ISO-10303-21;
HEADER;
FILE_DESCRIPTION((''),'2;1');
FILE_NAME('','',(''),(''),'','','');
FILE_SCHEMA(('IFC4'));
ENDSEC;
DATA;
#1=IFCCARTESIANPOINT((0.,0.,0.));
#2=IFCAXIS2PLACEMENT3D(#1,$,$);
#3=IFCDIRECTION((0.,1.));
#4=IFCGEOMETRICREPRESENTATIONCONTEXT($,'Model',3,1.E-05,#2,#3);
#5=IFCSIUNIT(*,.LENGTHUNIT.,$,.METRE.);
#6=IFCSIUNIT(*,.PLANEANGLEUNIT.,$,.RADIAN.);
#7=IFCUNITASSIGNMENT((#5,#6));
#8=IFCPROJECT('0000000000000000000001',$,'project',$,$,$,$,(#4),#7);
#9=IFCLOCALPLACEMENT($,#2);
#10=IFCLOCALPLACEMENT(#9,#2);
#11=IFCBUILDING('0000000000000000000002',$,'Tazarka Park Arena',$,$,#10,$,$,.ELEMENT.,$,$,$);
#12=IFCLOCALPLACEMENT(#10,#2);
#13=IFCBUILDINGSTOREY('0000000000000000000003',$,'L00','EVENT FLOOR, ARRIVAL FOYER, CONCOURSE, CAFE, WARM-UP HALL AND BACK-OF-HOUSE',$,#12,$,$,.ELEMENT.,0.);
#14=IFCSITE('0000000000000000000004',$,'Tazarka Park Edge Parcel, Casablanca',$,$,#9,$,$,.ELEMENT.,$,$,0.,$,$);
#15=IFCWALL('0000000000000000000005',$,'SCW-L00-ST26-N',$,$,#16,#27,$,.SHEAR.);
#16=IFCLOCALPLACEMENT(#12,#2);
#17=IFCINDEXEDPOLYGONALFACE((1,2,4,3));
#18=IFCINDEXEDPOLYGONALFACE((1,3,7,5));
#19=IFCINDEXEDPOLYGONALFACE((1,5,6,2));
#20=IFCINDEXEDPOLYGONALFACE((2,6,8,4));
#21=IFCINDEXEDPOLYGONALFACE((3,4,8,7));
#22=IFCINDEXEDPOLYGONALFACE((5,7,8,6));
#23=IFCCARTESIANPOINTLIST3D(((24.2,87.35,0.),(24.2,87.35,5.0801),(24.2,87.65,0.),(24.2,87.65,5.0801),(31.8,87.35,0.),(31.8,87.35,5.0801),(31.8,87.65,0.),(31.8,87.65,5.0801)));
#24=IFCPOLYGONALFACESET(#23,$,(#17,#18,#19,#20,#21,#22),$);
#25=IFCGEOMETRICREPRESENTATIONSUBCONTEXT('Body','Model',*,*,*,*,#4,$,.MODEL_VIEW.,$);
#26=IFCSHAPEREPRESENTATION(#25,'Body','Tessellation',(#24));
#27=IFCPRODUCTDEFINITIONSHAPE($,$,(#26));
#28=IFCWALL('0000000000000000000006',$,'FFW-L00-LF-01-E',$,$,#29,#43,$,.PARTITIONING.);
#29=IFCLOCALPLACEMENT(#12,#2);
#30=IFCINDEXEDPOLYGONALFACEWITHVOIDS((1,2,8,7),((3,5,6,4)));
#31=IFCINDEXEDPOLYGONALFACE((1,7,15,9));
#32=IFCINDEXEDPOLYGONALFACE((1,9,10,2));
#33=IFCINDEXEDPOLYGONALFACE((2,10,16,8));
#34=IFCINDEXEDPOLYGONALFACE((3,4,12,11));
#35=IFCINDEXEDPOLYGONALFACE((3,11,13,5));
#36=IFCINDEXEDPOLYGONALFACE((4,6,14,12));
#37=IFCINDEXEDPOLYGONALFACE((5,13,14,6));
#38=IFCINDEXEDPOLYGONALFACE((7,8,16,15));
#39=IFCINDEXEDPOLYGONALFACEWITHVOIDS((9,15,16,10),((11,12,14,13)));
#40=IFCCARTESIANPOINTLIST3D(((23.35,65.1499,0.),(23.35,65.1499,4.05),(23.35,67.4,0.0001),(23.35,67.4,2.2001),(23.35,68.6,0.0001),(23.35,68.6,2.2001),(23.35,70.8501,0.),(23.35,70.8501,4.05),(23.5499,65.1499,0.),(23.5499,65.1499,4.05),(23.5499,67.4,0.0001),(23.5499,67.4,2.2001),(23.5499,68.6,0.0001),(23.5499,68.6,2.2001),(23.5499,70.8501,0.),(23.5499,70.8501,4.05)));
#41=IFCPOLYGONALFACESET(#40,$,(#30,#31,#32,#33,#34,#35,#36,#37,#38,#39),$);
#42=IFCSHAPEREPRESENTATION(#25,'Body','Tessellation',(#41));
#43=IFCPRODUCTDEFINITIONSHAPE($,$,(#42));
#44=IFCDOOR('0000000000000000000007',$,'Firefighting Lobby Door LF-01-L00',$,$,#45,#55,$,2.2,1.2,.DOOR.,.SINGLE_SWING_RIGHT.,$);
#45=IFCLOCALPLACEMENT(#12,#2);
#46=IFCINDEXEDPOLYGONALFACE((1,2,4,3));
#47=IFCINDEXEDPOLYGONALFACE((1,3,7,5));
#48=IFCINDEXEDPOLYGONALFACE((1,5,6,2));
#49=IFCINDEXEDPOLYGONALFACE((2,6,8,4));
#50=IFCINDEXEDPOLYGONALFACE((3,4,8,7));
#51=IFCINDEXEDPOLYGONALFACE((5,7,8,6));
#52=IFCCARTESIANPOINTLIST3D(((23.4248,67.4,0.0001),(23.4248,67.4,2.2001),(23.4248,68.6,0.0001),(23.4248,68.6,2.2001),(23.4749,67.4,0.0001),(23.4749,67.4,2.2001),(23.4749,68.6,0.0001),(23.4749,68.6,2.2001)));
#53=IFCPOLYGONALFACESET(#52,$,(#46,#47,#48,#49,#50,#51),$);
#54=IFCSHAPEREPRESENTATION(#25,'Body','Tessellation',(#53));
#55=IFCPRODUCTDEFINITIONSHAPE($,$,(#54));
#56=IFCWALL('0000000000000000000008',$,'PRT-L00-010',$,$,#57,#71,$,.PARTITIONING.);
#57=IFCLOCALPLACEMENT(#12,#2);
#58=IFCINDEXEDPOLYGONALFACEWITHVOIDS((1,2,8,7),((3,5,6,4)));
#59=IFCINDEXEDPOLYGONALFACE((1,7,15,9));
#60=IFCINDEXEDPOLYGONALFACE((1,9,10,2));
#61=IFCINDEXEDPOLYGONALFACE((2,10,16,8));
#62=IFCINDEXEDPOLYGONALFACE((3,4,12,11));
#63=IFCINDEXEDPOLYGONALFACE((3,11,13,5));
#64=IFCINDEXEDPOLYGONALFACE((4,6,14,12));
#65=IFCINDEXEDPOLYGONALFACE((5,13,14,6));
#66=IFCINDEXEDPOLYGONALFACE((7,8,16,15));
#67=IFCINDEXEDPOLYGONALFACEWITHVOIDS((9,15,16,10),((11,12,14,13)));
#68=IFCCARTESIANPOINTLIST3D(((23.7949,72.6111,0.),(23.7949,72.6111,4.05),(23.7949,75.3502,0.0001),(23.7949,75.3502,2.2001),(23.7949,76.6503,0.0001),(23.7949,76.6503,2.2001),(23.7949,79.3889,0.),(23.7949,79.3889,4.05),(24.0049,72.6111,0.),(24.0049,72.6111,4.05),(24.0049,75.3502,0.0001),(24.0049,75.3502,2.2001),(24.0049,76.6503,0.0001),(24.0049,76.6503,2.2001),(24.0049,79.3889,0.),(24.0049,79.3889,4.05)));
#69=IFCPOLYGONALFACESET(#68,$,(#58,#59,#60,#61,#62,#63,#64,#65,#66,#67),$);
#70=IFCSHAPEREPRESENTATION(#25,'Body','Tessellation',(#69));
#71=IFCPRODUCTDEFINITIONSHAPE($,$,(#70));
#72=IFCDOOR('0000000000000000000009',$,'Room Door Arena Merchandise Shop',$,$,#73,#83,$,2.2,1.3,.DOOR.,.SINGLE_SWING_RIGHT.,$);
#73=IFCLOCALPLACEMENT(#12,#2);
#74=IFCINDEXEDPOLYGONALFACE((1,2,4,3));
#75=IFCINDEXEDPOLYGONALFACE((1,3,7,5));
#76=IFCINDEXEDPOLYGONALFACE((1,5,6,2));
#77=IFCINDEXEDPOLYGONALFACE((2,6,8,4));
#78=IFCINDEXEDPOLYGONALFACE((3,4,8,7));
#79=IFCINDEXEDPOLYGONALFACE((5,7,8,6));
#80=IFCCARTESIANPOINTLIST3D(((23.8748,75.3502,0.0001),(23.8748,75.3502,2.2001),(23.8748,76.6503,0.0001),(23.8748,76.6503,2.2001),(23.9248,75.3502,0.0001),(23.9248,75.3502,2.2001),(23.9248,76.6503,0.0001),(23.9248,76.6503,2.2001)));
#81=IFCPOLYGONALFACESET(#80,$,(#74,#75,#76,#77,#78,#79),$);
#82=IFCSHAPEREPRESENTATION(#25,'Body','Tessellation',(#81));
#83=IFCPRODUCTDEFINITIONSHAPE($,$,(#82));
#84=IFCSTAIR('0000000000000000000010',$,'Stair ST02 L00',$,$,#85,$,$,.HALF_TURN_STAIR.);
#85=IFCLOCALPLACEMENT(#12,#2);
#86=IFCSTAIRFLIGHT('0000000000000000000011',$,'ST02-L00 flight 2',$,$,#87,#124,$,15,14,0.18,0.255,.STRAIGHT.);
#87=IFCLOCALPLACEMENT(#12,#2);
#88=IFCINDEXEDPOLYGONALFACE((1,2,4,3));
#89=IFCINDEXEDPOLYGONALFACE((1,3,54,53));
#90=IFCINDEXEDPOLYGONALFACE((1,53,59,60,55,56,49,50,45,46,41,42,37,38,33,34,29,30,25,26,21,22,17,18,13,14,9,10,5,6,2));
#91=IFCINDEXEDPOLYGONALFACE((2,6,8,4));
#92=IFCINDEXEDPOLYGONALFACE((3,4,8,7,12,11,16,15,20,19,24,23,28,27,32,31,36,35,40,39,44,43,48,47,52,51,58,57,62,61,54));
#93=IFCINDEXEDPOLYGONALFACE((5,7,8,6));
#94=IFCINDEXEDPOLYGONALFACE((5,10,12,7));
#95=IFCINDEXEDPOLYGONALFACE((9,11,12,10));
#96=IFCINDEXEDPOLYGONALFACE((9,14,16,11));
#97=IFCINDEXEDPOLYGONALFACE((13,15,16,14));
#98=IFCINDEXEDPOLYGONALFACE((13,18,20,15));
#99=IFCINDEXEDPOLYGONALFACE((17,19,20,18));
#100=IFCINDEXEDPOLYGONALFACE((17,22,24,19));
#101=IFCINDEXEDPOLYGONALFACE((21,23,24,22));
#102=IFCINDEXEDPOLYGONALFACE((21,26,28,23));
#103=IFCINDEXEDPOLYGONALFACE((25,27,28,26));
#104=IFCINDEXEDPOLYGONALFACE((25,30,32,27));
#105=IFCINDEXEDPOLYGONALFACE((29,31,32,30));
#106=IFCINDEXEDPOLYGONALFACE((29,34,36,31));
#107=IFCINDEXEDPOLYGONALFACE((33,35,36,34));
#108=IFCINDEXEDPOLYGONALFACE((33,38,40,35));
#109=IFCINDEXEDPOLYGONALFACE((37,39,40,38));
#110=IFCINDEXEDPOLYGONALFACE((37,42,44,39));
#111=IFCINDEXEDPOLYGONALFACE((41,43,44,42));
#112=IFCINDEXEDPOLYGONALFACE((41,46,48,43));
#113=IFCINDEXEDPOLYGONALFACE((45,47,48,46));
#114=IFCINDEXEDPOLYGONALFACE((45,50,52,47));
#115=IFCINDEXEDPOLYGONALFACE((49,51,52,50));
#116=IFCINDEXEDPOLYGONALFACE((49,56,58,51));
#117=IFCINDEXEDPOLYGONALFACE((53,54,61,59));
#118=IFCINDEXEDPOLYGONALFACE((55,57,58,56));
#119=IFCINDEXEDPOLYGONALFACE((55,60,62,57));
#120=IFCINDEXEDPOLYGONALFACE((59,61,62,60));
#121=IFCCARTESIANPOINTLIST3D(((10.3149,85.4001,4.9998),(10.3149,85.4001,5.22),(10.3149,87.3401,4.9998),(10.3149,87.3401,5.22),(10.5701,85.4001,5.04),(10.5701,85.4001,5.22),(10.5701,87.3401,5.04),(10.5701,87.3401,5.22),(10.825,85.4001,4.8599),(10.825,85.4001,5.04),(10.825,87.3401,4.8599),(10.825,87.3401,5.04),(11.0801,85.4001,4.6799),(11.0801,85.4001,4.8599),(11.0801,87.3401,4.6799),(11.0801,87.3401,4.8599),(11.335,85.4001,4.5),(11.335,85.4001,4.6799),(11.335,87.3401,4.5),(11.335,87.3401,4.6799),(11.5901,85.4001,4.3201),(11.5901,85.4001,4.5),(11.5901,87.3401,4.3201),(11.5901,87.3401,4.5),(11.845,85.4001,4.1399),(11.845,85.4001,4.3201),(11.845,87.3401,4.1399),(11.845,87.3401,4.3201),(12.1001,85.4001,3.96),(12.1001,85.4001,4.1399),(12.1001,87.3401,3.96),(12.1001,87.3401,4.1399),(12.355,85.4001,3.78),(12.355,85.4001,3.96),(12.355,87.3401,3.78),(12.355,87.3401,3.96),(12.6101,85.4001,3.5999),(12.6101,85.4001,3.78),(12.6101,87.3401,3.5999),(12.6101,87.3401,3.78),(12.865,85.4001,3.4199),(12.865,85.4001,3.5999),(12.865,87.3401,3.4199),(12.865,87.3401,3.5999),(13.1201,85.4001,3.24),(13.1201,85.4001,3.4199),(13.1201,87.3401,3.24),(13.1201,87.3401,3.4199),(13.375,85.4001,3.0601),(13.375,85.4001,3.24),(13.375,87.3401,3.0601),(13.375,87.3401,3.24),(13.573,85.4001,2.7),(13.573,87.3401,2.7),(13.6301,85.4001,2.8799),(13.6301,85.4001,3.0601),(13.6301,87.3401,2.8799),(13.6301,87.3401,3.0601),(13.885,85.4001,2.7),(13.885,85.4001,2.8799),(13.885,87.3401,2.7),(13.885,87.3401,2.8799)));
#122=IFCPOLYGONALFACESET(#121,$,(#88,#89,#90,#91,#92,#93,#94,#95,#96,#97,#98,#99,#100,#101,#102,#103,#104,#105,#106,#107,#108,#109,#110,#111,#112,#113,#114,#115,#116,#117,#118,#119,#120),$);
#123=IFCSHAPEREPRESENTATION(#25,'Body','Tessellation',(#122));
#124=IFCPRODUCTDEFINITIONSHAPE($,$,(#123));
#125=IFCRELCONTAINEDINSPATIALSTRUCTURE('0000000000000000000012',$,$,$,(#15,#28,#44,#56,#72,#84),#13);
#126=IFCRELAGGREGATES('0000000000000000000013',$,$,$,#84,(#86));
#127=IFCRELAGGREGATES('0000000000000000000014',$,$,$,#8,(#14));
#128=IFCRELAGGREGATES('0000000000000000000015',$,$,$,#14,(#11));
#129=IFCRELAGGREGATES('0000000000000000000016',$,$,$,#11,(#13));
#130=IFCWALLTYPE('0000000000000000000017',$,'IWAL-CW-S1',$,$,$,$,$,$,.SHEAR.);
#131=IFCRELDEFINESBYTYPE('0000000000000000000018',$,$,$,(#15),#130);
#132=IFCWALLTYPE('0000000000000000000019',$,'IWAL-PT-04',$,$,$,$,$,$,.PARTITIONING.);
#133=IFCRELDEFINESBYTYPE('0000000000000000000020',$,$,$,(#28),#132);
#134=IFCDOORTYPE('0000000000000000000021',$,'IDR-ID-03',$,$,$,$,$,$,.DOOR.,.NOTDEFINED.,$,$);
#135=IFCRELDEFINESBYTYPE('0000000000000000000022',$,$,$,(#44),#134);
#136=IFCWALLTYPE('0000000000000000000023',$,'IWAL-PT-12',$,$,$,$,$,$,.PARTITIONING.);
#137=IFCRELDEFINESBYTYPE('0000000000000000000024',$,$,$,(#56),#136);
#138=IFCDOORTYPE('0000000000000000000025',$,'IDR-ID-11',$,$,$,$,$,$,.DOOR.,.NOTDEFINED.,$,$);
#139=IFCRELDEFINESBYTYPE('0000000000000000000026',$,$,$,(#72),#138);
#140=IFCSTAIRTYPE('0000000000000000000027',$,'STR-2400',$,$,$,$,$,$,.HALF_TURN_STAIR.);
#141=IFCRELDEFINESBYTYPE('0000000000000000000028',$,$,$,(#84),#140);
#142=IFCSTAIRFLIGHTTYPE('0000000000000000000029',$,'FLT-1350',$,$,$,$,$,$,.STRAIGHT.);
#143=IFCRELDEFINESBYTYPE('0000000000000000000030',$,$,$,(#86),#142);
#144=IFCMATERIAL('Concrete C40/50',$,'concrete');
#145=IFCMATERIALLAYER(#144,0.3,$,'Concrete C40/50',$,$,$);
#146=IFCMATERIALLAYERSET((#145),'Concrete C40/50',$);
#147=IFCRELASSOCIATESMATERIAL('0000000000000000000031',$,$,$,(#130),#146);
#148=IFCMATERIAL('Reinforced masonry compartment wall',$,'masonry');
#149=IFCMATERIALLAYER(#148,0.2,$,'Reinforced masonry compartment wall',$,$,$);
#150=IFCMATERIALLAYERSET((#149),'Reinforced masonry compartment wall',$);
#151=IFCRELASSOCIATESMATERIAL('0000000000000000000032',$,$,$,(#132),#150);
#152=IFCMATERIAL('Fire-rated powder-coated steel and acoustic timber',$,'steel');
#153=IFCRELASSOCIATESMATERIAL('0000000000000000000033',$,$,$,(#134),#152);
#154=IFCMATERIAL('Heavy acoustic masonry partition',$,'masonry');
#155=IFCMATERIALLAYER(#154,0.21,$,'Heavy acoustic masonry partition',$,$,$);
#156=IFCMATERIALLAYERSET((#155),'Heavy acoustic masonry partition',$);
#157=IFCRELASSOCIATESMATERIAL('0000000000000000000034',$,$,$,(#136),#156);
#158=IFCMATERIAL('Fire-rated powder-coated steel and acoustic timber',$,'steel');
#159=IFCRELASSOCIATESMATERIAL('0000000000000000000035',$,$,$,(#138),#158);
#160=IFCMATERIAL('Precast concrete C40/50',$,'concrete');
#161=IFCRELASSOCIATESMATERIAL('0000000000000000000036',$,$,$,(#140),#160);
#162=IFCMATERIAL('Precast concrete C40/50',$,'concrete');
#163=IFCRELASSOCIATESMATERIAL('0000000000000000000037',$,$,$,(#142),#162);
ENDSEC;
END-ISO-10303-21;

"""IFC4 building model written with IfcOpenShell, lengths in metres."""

from ifc_helpers import new_model, si_unit, direction, frame, frame_2d, origin, place, context, subcontext, project, spatial, polyline, rectangle, outline, extrude, material, layer, layer_set, type_object, element, fill, aggregate, save


model = new_model("IFC4")

# Units and contexts
model_context = context("Model", 3, precision=1e-05, world=origin(), true_north=direction((0.0, 1.0)))
body_context = subcontext(model_context, "Body", "Model", "MODEL_VIEW")
ifc_project = project(units=[si_unit("LENGTHUNIT", "METRE"), si_unit("PLANEANGLEUNIT", "RADIAN")], contexts=[model_context])

# Site, building, storey
site_placement = place(None, origin())
site = spatial("IfcSite", under=ifc_project, at=site_placement, Name="Tazarka Park Edge Parcel, Casablanca", CompositionType="ELEMENT", RefElevation=0.0)
building_placement = place(site_placement, origin())
building = spatial("IfcBuilding", under=site, at=building_placement, Name="Tazarka Park Arena", CompositionType="ELEMENT")
storey_placement = place(building_placement, origin())
storey = spatial("IfcBuildingStorey", under=building, at=storey_placement, Name="L00", Description="EVENT FLOOR, ARRIVAL FOYER, CONCOURSE, CAFE, WARM-UP HALL AND BACK-OF-HOUSE", CompositionType="ELEMENT", Elevation=0.0)

# Wall
ifc_material_1 = material(Name="Concrete C40/50", Category="concrete")
ifc_layer_1 = layer(ifc_material_1, 0.3, Name="Concrete C40/50")
ifc_layer_set_1 = layer_set([ifc_layer_1], Name="Concrete C40/50")
wall_type_1 = type_object("IfcWallType", Name="IWAL-CW-S1", PredefinedType="SHEAR", material=ifc_layer_set_1)
wall_1_placement = place(storey_placement, frame((24.2, 87.5, 0.0), z_axis=(0.0, 0.0, 1.0), x_axis=(1.0, 0.0, 0.0)))
element("IfcWall", 1, at=wall_1_placement, inside=storey, type_object=wall_type_1, Name="SCW-L00-ST26-N", PredefinedType="SHEAR", context=body_context, shape_type="SweptSolid", body=[
    extrude(rectangle(XDim=7.6001, YDim=0.3, at=frame_2d((3.8, 0.0))), origin(), (0.0, 0.0, 1.0), 5.0801),
])

# Walls, openings, doors
ifc_material_2 = material(Name="Reinforced masonry compartment wall", Category="masonry")
ifc_layer_2 = layer(ifc_material_2, 0.2, Name="Reinforced masonry compartment wall")
ifc_layer_set_2 = layer_set([ifc_layer_2], Name="Reinforced masonry compartment wall")
wall_type_2 = type_object("IfcWallType", Name="IWAL-PT-04", PredefinedType="PARTITIONING", material=ifc_layer_set_2)
wall_2_placement = place(storey_placement, frame((23.45, 70.8501, 0.0), z_axis=(0.0, 0.0, 1.0), x_axis=(0.0, -1.0, 0.0)))
wall_2 = element("IfcWall", 2, at=wall_2_placement, inside=storey, type_object=wall_type_2, Name="FFW-L00-LF-01-E", PredefinedType="PARTITIONING", context=body_context, shape_type="SweptSolid", body=[
    extrude(rectangle(XDim=5.7002, YDim=0.2, at=frame_2d((2.8501, 0.0))), origin(), (0.0, 0.0, 1.0), 4.05),
])
opening_1_placement = place(wall_2_placement, frame((2.25, 0.0, 0.0)))
opening_1 = element("IfcOpeningElement", 3, at=opening_1_placement, cuts=wall_2, PredefinedType="OPENING", context=body_context, shape_type="SweptSolid", body=[
    extrude(rectangle(XDim=1.2, YDim=2.2, at=frame_2d((0.6001, 1.1001))), frame((0.0, 0.1099, 0.0), z_axis=(0.0, -1.0, 0.0), x_axis=(1.0, 0.0, 0.0)), (0.0, 0.0, 1.0), 0.22),
])
ifc_material_3 = material(Name="Fire-rated powder-coated steel and acoustic timber", Category="steel")
door_type_1 = type_object("IfcDoorType", Name="IDR-ID-03", OperationType="NOTDEFINED", PredefinedType="DOOR", material=ifc_material_3)
door_1_placement = place(opening_1_placement, origin())
door_1 = element("IfcDoor", 4, at=door_1_placement, inside=storey, type_object=door_type_1, Name="Firefighting Lobby Door LF-01-L00", OperationType="SINGLE_SWING_RIGHT", OverallHeight=2.2, OverallWidth=1.2, PredefinedType="DOOR", context=body_context, shape_type="SweptSolid", body=[
    extrude(rectangle(XDim=1.2, YDim=2.2, at=frame_2d((0.6001, 1.1001))), frame((0.0, 0.0249, 0.0), z_axis=(0.0, -1.0, 0.0), x_axis=(1.0, 0.0, 0.0)), (0.0, 0.0, 1.0), 0.05),
])
fill(opening_1, door_1)
ifc_material_4 = material(Name="Heavy acoustic masonry partition", Category="masonry")
ifc_layer_3 = layer(ifc_material_4, 0.21, Name="Heavy acoustic masonry partition")
ifc_layer_set_3 = layer_set([ifc_layer_3], Name="Heavy acoustic masonry partition")
wall_type_3 = type_object("IfcWallType", Name="IWAL-PT-12", PredefinedType="PARTITIONING", material=ifc_layer_set_3)
wall_3_placement = place(storey_placement, frame((23.8999, 79.3889, 0.0), z_axis=(0.0, 0.0, 1.0), x_axis=(0.0, -1.0, 0.0)))
wall_3 = element("IfcWall", 5, at=wall_3_placement, inside=storey, type_object=wall_type_3, Name="PRT-L00-010", PredefinedType="PARTITIONING", context=body_context, shape_type="SweptSolid", body=[
    extrude(rectangle(XDim=6.7778, YDim=0.21, at=frame_2d((3.3889, 0.0))), origin(), (0.0, 0.0, 1.0), 4.05),
])
opening_2_placement = place(wall_3_placement, frame((2.7388, 0.0, 0.0)))
opening_2 = element("IfcOpeningElement", 6, at=opening_2_placement, cuts=wall_3, PredefinedType="OPENING", context=body_context, shape_type="SweptSolid", body=[
    extrude(rectangle(XDim=1.3, YDim=2.2, at=frame_2d((0.6499, 1.1001))), frame((0.0, 0.115, 0.0), z_axis=(0.0, -1.0, 0.0), x_axis=(1.0, 0.0, 0.0)), (0.0, 0.0, 1.0), 0.23),
])
ifc_material_5 = material(Name="Fire-rated powder-coated steel and acoustic timber", Category="steel")
door_type_2 = type_object("IfcDoorType", Name="IDR-ID-11", OperationType="NOTDEFINED", PredefinedType="DOOR", material=ifc_material_5)
door_2_placement = place(opening_2_placement, origin())
door_2 = element("IfcDoor", 7, at=door_2_placement, inside=storey, type_object=door_type_2, Name="Room Door Arena Merchandise Shop", OperationType="SINGLE_SWING_RIGHT", OverallHeight=2.2, OverallWidth=1.3, PredefinedType="DOOR", context=body_context, shape_type="SweptSolid", body=[
    extrude(rectangle(XDim=1.3, YDim=2.2, at=frame_2d((0.6499, 1.1001))), frame((0.0, 0.0249, 0.0), z_axis=(0.0, -1.0, 0.0), x_axis=(1.0, 0.0, 0.0)), (0.0, 0.0, 1.0), 0.05),
])
fill(opening_2, door_2)

# Stair, stair flight
ifc_material_6 = material(Name="Precast concrete C40/50", Category="concrete")
stair_type = type_object("IfcStairType", Name="STR-2400", PredefinedType="HALF_TURN_STAIR", material=ifc_material_6)
stair_placement = place(storey_placement, origin())
stair = element("IfcStair", 8, at=stair_placement, inside=storey, type_object=stair_type, Name="Stair ST02 L00", PredefinedType="HALF_TURN_STAIR")
ifc_material_7 = material(Name="Precast concrete C40/50", Category="concrete")
stair_flight_type = type_object("IfcStairFlightType", Name="FLT-1350", PredefinedType="STRAIGHT", material=ifc_material_7)
stair_flight_placement = place(storey_placement, frame((13.885, 86.3701, 2.7), z_axis=(0.0, 0.0, 1.0), x_axis=(-1.0, 0.0, 0.0)))
stair_flight = element("IfcStairFlight", 9, at=stair_flight_placement, type_object=stair_flight_type, Name="ST02-L00 flight 2", NumberOfRisers=15, NumberOfTreads=14, PredefinedType="STRAIGHT", RiserHeight=0.18, TreadLength=0.255, context=body_context, shape_type="SweptSolid", body=[
    extrude(outline(polyline([(0.0, 0.0), (0.0, 0.1799), (0.2549, 0.1799), (0.2549, 0.3601), (0.51, 0.3601), (0.51, 0.54), (0.7649, 0.54), (0.7649, 0.72), (1.02, 0.72), (1.02, 0.8999), (1.2749, 0.8999), (1.2749, 1.0801), (1.53, 1.0801), (1.53, 1.26), (1.7849, 1.26), (1.7849, 1.4399), (2.04, 1.4399), (2.04, 1.6201), (2.2949, 1.6201), (2.2949, 1.8), (2.55, 1.8), (2.55, 1.98), (2.8049, 1.98), (2.8049, 2.1599), (3.0601, 2.1599), (3.0601, 2.3401), (3.3149, 2.3401), (3.3149, 2.52), (3.5701, 2.52), (3.5701, 2.7), (3.5701, 2.2998), (0.312, 0.0), (0.0, 0.0)])), frame((0.0, 0.97, 0.0), z_axis=(0.0, -1.0, 0.0), x_axis=(1.0, 0.0, 0.0)), (0.0, 0.0, 1.0), 1.9399),
])
aggregate(stair, [stair_flight])

save(model, "model.ifc")
